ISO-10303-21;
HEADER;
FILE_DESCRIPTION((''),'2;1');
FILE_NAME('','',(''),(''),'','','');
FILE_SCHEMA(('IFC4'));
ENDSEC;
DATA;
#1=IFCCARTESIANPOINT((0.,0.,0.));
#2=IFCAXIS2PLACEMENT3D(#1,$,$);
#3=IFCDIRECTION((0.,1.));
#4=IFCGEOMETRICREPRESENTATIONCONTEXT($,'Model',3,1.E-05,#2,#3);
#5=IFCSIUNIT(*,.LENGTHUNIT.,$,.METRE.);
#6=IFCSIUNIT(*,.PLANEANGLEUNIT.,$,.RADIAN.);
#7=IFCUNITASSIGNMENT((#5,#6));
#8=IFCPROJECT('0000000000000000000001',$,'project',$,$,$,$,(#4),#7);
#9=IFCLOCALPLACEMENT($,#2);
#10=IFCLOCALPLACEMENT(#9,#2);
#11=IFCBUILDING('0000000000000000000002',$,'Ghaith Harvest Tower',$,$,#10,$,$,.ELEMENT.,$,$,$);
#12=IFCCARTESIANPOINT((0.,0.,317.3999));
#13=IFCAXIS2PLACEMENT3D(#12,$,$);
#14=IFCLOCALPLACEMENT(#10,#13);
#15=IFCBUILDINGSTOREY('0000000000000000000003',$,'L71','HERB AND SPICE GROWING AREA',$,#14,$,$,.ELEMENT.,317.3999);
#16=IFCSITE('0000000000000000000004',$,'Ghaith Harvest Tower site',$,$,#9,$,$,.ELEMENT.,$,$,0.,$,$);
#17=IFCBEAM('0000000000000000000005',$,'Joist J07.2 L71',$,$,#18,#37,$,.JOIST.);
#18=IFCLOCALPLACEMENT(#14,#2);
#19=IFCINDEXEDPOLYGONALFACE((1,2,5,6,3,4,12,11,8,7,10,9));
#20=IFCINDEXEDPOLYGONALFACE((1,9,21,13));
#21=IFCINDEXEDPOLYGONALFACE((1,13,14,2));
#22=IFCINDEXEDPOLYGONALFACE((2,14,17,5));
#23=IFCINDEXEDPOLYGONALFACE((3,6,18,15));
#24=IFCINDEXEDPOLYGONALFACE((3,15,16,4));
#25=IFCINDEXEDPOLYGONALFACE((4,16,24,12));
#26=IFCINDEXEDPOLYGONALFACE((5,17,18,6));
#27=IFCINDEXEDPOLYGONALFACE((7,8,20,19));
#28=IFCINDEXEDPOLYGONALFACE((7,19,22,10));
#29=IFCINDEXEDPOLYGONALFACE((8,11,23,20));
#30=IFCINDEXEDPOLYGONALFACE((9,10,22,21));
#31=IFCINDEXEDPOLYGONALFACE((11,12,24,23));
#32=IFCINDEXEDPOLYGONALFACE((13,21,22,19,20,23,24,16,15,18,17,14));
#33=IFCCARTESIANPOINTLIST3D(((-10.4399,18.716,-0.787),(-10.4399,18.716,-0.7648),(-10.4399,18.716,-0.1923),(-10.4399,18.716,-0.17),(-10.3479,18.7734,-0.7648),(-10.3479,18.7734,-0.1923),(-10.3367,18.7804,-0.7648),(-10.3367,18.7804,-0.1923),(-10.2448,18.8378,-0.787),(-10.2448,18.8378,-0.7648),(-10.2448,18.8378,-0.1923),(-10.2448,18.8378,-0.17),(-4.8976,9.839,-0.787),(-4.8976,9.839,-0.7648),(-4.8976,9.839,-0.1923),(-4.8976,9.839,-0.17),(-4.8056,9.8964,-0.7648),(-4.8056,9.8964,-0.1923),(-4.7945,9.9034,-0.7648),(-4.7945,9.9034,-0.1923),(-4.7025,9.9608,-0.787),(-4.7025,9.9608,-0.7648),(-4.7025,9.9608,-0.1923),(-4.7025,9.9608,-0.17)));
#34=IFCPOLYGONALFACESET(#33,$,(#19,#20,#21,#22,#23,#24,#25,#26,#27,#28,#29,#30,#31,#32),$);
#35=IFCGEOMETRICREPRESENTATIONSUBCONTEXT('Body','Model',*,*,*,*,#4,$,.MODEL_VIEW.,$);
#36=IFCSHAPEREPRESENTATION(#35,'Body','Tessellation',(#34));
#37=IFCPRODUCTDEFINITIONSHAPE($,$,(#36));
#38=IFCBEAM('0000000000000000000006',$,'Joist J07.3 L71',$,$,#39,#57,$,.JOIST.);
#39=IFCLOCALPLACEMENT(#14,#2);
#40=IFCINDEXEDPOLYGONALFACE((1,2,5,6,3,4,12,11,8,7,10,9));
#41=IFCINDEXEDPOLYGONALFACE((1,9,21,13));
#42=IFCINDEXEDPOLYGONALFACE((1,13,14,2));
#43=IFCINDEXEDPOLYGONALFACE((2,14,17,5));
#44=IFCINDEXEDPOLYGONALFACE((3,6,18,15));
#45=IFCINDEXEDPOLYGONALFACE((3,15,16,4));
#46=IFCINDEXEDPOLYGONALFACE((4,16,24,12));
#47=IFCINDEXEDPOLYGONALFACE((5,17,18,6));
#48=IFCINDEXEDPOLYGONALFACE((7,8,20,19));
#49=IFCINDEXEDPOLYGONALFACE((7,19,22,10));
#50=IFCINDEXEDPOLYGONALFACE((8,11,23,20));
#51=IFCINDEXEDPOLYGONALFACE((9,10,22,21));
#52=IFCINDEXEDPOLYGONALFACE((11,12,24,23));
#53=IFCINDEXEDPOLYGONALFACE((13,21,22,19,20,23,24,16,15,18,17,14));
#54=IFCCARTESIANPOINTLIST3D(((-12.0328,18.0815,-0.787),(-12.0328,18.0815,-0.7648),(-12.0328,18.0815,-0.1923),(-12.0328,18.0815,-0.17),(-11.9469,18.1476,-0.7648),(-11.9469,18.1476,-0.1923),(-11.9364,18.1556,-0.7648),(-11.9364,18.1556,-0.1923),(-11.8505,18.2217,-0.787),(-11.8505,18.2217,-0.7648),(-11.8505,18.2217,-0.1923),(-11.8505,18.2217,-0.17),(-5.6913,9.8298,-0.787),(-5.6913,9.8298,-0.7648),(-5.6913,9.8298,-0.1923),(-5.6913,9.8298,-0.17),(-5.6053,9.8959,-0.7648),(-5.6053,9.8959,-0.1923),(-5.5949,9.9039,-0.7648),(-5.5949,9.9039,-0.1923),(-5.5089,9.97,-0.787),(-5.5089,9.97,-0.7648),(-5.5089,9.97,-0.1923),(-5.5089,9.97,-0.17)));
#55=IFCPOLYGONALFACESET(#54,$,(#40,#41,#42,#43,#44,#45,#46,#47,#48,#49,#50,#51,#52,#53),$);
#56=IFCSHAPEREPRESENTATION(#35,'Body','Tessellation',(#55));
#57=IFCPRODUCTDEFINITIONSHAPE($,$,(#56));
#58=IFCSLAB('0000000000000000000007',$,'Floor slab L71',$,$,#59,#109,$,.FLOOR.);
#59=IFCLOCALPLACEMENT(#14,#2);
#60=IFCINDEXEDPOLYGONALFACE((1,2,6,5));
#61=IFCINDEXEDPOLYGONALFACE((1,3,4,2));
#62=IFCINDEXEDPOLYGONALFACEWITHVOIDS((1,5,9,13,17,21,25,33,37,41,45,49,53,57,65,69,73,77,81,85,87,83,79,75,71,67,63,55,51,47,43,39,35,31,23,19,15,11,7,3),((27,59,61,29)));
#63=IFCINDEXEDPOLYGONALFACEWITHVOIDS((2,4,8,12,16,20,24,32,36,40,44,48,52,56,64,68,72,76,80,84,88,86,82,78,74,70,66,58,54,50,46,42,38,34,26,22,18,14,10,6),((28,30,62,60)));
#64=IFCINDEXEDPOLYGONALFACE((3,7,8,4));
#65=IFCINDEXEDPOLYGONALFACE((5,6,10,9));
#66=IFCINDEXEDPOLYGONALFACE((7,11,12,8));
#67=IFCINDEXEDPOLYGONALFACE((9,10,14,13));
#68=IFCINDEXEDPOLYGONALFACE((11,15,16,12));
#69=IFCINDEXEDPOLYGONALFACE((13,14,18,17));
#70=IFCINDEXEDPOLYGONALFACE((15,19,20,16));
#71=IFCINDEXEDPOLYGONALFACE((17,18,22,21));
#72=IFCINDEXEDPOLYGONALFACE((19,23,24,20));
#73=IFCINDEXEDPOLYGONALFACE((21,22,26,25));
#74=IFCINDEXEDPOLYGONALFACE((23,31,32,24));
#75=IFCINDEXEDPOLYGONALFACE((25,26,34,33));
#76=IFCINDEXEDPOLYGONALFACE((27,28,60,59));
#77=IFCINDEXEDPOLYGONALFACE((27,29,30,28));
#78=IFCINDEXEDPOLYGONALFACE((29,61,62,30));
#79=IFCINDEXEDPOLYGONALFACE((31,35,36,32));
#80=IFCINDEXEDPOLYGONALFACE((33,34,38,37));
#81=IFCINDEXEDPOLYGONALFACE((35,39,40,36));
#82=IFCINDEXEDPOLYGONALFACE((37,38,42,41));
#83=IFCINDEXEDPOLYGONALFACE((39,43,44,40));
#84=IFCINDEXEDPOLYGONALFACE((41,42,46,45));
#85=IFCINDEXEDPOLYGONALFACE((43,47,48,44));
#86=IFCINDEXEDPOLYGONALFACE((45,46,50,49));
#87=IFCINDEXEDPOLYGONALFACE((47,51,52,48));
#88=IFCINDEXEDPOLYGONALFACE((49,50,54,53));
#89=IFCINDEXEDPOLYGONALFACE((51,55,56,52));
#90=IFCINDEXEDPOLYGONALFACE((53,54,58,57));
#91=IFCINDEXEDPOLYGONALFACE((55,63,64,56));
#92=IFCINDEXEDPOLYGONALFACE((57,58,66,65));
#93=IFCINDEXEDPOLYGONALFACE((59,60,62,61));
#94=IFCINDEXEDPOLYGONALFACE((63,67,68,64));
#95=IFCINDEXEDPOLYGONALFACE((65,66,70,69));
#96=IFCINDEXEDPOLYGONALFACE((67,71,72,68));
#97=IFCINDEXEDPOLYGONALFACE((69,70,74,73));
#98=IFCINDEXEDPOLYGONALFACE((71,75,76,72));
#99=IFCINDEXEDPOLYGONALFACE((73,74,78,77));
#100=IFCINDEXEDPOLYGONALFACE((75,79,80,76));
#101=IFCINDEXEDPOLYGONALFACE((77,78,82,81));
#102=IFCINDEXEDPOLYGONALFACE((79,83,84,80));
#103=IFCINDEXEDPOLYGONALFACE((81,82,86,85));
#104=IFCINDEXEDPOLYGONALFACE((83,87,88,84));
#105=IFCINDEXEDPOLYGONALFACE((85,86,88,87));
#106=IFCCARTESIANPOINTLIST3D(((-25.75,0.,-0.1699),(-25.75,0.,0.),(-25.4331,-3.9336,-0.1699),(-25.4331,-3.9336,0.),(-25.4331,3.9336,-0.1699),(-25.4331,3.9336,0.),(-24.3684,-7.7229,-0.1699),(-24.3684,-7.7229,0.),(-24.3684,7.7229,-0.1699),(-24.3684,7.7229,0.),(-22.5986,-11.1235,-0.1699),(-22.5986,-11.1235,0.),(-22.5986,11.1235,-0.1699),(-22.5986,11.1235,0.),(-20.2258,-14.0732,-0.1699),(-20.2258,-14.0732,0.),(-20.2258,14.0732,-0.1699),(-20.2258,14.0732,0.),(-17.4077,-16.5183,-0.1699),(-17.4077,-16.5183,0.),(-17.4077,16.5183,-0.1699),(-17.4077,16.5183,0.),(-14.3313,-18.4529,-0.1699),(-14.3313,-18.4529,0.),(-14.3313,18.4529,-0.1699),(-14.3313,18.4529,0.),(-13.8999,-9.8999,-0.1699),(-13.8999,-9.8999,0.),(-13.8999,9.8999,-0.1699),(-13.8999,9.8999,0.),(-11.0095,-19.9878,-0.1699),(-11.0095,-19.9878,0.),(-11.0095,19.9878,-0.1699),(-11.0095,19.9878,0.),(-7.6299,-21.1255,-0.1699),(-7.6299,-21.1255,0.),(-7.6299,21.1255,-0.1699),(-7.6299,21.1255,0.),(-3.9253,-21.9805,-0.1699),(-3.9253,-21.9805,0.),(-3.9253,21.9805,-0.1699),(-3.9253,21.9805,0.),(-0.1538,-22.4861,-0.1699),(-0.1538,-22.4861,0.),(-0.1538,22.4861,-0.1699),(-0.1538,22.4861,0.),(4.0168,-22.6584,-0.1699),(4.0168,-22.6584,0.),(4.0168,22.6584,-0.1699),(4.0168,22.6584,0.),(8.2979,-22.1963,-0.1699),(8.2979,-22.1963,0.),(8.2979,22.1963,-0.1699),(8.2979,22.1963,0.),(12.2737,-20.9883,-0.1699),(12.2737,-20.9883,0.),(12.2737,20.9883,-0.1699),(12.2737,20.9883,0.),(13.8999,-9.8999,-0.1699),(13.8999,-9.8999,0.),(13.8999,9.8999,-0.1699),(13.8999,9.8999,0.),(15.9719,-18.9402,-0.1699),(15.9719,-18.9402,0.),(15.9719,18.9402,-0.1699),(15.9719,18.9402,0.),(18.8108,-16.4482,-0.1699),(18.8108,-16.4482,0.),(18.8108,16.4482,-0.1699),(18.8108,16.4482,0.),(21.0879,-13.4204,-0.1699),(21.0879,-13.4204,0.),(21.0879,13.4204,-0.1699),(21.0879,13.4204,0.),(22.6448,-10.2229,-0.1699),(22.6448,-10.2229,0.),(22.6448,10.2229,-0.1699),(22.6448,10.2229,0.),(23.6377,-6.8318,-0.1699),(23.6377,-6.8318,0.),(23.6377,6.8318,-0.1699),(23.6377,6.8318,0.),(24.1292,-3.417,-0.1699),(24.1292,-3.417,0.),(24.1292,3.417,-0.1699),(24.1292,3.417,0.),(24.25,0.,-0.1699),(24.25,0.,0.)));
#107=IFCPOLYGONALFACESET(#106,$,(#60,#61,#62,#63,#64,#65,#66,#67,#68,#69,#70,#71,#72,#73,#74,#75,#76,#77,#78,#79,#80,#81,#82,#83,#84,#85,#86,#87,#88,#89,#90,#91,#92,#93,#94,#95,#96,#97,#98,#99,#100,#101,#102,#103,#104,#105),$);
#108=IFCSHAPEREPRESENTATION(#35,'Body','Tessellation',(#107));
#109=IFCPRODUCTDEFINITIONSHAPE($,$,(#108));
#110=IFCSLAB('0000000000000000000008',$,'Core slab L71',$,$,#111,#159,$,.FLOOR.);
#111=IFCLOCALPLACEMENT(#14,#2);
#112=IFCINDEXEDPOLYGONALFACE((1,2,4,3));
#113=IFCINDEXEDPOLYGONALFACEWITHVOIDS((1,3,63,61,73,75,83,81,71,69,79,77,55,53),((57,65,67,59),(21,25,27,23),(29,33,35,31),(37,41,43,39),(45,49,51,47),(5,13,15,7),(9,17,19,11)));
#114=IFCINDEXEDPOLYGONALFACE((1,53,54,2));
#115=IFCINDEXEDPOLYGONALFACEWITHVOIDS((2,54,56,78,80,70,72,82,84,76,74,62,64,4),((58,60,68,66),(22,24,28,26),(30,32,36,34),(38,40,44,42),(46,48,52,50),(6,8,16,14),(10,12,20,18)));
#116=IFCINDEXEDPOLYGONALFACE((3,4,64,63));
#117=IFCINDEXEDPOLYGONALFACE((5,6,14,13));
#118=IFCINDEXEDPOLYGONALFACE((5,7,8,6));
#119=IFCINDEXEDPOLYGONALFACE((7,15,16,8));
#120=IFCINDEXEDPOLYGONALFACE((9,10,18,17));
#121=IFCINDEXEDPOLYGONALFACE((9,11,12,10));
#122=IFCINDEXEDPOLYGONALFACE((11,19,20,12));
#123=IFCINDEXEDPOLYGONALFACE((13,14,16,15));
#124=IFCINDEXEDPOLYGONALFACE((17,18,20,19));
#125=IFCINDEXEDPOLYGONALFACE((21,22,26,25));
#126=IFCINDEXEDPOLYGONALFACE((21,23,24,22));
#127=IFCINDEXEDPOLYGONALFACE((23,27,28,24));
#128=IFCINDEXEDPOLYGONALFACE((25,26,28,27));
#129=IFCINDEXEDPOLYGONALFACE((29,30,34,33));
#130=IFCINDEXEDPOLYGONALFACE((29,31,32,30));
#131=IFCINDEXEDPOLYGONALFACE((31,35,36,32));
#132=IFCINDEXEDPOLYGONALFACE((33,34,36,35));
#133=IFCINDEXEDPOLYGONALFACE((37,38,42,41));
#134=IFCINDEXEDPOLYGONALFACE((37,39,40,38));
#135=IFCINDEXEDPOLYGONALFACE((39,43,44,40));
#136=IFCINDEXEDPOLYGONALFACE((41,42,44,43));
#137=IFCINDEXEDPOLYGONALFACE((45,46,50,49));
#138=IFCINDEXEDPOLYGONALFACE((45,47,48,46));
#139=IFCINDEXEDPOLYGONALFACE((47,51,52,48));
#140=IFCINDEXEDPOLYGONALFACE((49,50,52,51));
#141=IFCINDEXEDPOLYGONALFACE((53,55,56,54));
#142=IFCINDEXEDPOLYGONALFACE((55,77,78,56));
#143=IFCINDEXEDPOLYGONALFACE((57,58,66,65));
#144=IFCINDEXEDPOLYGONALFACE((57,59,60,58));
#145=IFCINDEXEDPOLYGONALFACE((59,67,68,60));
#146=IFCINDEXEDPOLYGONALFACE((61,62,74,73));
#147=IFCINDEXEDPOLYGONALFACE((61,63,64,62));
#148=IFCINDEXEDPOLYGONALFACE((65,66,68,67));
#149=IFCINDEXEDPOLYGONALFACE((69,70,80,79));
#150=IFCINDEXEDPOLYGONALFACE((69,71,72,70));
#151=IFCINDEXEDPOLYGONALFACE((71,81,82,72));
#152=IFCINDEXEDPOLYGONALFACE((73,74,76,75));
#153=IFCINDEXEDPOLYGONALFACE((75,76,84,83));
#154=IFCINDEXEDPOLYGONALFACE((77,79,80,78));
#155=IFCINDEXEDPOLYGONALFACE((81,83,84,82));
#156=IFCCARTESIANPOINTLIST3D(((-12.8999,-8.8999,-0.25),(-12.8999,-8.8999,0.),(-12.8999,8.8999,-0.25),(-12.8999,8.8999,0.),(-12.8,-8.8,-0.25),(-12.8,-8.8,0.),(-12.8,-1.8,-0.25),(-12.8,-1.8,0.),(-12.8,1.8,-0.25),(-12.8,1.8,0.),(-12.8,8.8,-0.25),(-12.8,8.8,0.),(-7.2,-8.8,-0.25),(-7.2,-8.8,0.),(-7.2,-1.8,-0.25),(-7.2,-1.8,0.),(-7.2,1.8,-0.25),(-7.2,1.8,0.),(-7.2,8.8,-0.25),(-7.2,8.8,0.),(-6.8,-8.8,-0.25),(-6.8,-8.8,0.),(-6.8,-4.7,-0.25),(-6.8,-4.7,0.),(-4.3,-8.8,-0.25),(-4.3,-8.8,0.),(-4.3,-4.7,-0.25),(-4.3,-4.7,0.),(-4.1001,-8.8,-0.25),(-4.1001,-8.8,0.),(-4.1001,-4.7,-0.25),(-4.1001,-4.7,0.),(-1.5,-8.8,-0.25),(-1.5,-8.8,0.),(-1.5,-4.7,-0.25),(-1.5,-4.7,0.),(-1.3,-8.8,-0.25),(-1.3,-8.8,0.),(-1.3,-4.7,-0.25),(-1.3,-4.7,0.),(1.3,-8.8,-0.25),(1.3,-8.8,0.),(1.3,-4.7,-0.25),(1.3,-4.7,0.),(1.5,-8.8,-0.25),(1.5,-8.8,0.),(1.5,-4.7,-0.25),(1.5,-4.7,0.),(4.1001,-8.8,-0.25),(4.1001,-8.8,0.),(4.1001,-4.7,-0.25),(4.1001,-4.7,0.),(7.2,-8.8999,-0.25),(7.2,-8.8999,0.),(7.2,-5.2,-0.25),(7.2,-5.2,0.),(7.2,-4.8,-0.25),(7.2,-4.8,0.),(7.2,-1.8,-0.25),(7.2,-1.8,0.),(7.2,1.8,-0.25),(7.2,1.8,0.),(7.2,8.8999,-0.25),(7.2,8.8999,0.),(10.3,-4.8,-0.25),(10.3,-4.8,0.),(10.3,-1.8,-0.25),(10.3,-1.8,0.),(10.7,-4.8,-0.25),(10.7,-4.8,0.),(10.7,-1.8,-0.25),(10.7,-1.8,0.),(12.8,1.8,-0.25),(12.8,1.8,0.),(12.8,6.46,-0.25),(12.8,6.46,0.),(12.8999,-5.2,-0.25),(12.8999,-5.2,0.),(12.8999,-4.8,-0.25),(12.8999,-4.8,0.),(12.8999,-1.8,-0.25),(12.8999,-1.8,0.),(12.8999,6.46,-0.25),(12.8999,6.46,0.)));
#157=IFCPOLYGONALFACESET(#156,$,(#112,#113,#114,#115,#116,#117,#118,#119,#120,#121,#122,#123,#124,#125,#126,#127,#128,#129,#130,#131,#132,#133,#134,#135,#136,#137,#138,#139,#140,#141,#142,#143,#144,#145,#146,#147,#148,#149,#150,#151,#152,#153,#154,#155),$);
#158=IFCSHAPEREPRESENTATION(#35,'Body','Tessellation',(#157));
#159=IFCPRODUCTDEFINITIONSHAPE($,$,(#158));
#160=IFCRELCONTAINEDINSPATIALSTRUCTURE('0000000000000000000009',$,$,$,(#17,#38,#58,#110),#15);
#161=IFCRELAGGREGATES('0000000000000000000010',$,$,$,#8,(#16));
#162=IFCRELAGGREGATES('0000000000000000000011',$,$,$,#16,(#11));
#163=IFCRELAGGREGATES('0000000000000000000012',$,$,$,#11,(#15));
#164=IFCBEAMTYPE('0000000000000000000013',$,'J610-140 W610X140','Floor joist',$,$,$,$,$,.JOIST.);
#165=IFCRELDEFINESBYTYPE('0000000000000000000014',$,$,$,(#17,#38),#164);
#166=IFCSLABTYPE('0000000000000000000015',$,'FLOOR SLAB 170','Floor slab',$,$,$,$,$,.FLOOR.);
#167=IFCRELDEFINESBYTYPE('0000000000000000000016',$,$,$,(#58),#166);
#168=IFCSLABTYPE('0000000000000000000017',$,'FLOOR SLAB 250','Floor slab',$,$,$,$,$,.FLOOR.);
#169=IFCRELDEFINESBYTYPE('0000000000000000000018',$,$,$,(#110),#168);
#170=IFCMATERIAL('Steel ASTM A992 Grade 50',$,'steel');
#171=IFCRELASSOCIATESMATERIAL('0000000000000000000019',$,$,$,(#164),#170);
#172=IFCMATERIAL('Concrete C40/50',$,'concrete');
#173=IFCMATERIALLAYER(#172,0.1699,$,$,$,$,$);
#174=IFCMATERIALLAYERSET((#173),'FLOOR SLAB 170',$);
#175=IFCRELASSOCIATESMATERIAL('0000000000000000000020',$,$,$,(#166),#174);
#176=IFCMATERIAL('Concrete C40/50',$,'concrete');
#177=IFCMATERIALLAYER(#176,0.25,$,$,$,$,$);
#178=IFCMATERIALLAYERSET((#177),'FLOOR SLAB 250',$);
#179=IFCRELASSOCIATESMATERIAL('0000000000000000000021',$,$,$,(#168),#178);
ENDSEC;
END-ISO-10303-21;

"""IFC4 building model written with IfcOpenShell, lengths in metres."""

from ifc_helpers import new_model, si_unit, direction, frame, origin, origin_2d, place, context, subcontext, project, spatial, polyline, i_section, outline, extrude, material, layer, layer_set, material_profile, profile_set, type_object, element, save


model = new_model("IFC4")

# Units and contexts
model_context = context("Model", 3, precision=1e-05, world=origin(), true_north=direction((0.0, 1.0)))
body_context = subcontext(model_context, "Body", "Model", "MODEL_VIEW")
ifc_project = project(units=[si_unit("LENGTHUNIT", "METRE"), si_unit("PLANEANGLEUNIT", "RADIAN")], contexts=[model_context])

# Site, building, storey
site_placement = place(None, origin())
site = spatial("IfcSite", under=ifc_project, at=site_placement, Name="Ghaith Harvest Tower site", CompositionType="ELEMENT", RefElevation=0.0)
building_placement = place(site_placement, origin())
building = spatial("IfcBuilding", under=site, at=building_placement, Name="Ghaith Harvest Tower", CompositionType="ELEMENT")
storey_placement = place(building_placement, frame((0.0, 0.0, 317.3999)))
storey = spatial("IfcBuildingStorey", under=building, at=storey_placement, Name="L71", Description="HERB AND SPICE GROWING AREA", CompositionType="ELEMENT", Elevation=317.3999)

# Beams
ifc_material_1 = material(Name="Steel ASTM A992 Grade 50", Category="steel")
ifc_material_profile_1 = material_profile(ifc_material_1, i_section(OverallWidth=0.23, OverallDepth=0.6169, WebThickness=0.0132, FlangeThickness=0.0222, at=origin_2d()), Name="W610X140")
ifc_profile_set_1 = profile_set([ifc_material_profile_1], Name="Steel ASTM A992 Grade 50")
beam_type_1 = type_object("IfcBeamType", Name="J610-140 W610X140", Description="Floor joist", PredefinedType="JOIST", material=ifc_profile_set_1)
beam_1_placement = place(storey_placement, frame((-4.8, 9.8999, -0.4785), z_axis=(-0.529596, 0.84825, 0.0), x_axis=(-0.84825, -0.529596, 0.0)))
element("IfcBeam", 1, at=beam_1_placement, inside=storey, type_object=beam_type_1, Name="Joist J07.2 L71", PredefinedType="JOIST", context=body_context, shape_type="SweptSolid", body=[
    extrude(i_section(OverallWidth=0.23, OverallDepth=0.6169, WebThickness=0.0132, FlangeThickness=0.0222, at=origin_2d()), origin(), (0.0, 0.0, 1.0), 10.4651),
])
beam_2_placement = place(storey_placement, frame((-5.6001, 9.8999, -0.4785), z_axis=(-0.609354, 0.792899, 0.0), x_axis=(-0.792899, -0.609354, 0.0)))
element("IfcBeam", 2, at=beam_2_placement, inside=storey, type_object=beam_type_1, Name="Joist J07.3 L71", PredefinedType="JOIST", context=body_context, shape_type="SweptSolid", body=[
    extrude(i_section(OverallWidth=0.23, OverallDepth=0.6169, WebThickness=0.0132, FlangeThickness=0.0222, at=origin_2d()), origin(), (0.0, 0.0, 1.0), 10.407),
])

# Slabs
ifc_material_2 = material(Name="Concrete C40/50", Category="concrete")
ifc_layer_1 = layer(ifc_material_2, 0.1699)
ifc_layer_set_1 = layer_set([ifc_layer_1], Name="FLOOR SLAB 170")
slab_type_1 = type_object("IfcSlabType", Name="FLOOR SLAB 170", Description="Floor slab", PredefinedType="FLOOR", material=ifc_layer_set_1)
slab_1_placement = place(storey_placement, frame((0.0, 0.0, -0.1699)))
element("IfcSlab", 3, at=slab_1_placement, inside=storey, type_object=slab_type_1, Name="Floor slab L71", PredefinedType="FLOOR", context=body_context, shape_type="SweptSolid", body=[
    extrude(outline(polyline([(24.25, 0.0), (24.1292, 3.417), (23.6377, 6.8318), (22.6448, 10.2229), (21.0879, 13.4204), (18.8108, 16.4482), (15.9719, 18.9402), (12.2737, 20.9883), (8.2979, 22.1963), (4.0168, 22.6584), (-0.1538, 22.4861), (-3.9253, 21.9805), (-7.6299, 21.1255), (-11.0095, 19.9878), (-14.3313, 18.4529), (-17.4077, 16.5183), (-20.2258, 14.0732), (-22.5986, 11.1235), (-24.3684, 7.7229), (-25.4331, 3.9336), (-25.75, 0.0), (-25.4331, -3.9336), (-24.3684, -7.7229), (-22.5986, -11.1235), (-20.2258, -14.0732), (-17.4077, -16.5183), (-14.3313, -18.4529), (-11.0095, -19.9878), (-7.6299, -21.1255), (-3.9253, -21.9805), (-0.1538, -22.4861), (4.0168, -22.6584), (8.2979, -22.1963), (12.2737, -20.9883), (15.9719, -18.9402), (18.8108, -16.4482), (21.0879, -13.4204), (22.6448, -10.2229), (23.6377, -6.8318), (24.1292, -3.417), (24.25, 0.0)]), holes=[polyline([(-13.8999, -9.8999), (13.8999, -9.8999), (13.8999, 9.8999), (-13.8999, 9.8999), (-13.8999, -9.8999)])]), origin(), (0.0, 0.0, 1.0), 0.1699),
])
ifc_material_3 = material(Name="Concrete C40/50", Category="concrete")
ifc_layer_2 = layer(ifc_material_3, 0.25)
ifc_layer_set_2 = layer_set([ifc_layer_2], Name="FLOOR SLAB 250")
slab_type_2 = type_object("IfcSlabType", Name="FLOOR SLAB 250", Description="Floor slab", PredefinedType="FLOOR", material=ifc_layer_set_2)
slab_2_placement = place(storey_placement, frame((0.0, 0.0, -0.25)))
element("IfcSlab", 4, at=slab_2_placement, inside=storey, type_object=slab_type_2, Name="Core slab L71", PredefinedType="FLOOR", context=body_context, shape_type="SweptSolid", body=[
    extrude(outline(polyline([(-12.8999, 8.8999), (7.2, 8.8999), (7.2, 1.8), (12.8, 1.8), (12.8, 6.46), (12.8999, 6.46), (12.8999, -1.8), (10.7, -1.8), (10.7, -4.8), (12.8999, -4.8), (12.8999, -5.2), (7.2, -5.2), (7.2, -8.8999), (-12.8999, -8.8999), (-12.8999, 8.8999)]), holes=[polyline([(-4.3, -4.7), (-6.8, -4.7), (-6.8, -8.8), (-4.3, -8.8), (-4.3, -4.7)]), polyline([(-1.5, -4.7), (-4.1001, -4.7), (-4.1001, -8.8), (-1.5, -8.8), (-1.5, -4.7)]), polyline([(1.3, -8.8), (1.3, -4.7), (-1.3, -4.7), (-1.3, -8.8), (1.3, -8.8)]), polyline([(4.1001, -8.8), (4.1001, -4.7), (1.5, -4.7), (1.5, -8.8), (4.1001, -8.8)]), polyline([(-7.2, -1.8), (-12.8, -1.8), (-12.8, -8.8), (-7.2, -8.8), (-7.2, -1.8)]), polyline([(10.3, -1.8), (7.2, -1.8), (7.2, -4.8), (10.3, -4.8), (10.3, -1.8)]), polyline([(-12.8, 1.8), (-7.2, 1.8), (-7.2, 8.8), (-12.8, 8.8), (-12.8, 1.8)])]), origin(), (0.0, 0.0, 1.0), 0.25),
])

save(model, "model.ifc")
